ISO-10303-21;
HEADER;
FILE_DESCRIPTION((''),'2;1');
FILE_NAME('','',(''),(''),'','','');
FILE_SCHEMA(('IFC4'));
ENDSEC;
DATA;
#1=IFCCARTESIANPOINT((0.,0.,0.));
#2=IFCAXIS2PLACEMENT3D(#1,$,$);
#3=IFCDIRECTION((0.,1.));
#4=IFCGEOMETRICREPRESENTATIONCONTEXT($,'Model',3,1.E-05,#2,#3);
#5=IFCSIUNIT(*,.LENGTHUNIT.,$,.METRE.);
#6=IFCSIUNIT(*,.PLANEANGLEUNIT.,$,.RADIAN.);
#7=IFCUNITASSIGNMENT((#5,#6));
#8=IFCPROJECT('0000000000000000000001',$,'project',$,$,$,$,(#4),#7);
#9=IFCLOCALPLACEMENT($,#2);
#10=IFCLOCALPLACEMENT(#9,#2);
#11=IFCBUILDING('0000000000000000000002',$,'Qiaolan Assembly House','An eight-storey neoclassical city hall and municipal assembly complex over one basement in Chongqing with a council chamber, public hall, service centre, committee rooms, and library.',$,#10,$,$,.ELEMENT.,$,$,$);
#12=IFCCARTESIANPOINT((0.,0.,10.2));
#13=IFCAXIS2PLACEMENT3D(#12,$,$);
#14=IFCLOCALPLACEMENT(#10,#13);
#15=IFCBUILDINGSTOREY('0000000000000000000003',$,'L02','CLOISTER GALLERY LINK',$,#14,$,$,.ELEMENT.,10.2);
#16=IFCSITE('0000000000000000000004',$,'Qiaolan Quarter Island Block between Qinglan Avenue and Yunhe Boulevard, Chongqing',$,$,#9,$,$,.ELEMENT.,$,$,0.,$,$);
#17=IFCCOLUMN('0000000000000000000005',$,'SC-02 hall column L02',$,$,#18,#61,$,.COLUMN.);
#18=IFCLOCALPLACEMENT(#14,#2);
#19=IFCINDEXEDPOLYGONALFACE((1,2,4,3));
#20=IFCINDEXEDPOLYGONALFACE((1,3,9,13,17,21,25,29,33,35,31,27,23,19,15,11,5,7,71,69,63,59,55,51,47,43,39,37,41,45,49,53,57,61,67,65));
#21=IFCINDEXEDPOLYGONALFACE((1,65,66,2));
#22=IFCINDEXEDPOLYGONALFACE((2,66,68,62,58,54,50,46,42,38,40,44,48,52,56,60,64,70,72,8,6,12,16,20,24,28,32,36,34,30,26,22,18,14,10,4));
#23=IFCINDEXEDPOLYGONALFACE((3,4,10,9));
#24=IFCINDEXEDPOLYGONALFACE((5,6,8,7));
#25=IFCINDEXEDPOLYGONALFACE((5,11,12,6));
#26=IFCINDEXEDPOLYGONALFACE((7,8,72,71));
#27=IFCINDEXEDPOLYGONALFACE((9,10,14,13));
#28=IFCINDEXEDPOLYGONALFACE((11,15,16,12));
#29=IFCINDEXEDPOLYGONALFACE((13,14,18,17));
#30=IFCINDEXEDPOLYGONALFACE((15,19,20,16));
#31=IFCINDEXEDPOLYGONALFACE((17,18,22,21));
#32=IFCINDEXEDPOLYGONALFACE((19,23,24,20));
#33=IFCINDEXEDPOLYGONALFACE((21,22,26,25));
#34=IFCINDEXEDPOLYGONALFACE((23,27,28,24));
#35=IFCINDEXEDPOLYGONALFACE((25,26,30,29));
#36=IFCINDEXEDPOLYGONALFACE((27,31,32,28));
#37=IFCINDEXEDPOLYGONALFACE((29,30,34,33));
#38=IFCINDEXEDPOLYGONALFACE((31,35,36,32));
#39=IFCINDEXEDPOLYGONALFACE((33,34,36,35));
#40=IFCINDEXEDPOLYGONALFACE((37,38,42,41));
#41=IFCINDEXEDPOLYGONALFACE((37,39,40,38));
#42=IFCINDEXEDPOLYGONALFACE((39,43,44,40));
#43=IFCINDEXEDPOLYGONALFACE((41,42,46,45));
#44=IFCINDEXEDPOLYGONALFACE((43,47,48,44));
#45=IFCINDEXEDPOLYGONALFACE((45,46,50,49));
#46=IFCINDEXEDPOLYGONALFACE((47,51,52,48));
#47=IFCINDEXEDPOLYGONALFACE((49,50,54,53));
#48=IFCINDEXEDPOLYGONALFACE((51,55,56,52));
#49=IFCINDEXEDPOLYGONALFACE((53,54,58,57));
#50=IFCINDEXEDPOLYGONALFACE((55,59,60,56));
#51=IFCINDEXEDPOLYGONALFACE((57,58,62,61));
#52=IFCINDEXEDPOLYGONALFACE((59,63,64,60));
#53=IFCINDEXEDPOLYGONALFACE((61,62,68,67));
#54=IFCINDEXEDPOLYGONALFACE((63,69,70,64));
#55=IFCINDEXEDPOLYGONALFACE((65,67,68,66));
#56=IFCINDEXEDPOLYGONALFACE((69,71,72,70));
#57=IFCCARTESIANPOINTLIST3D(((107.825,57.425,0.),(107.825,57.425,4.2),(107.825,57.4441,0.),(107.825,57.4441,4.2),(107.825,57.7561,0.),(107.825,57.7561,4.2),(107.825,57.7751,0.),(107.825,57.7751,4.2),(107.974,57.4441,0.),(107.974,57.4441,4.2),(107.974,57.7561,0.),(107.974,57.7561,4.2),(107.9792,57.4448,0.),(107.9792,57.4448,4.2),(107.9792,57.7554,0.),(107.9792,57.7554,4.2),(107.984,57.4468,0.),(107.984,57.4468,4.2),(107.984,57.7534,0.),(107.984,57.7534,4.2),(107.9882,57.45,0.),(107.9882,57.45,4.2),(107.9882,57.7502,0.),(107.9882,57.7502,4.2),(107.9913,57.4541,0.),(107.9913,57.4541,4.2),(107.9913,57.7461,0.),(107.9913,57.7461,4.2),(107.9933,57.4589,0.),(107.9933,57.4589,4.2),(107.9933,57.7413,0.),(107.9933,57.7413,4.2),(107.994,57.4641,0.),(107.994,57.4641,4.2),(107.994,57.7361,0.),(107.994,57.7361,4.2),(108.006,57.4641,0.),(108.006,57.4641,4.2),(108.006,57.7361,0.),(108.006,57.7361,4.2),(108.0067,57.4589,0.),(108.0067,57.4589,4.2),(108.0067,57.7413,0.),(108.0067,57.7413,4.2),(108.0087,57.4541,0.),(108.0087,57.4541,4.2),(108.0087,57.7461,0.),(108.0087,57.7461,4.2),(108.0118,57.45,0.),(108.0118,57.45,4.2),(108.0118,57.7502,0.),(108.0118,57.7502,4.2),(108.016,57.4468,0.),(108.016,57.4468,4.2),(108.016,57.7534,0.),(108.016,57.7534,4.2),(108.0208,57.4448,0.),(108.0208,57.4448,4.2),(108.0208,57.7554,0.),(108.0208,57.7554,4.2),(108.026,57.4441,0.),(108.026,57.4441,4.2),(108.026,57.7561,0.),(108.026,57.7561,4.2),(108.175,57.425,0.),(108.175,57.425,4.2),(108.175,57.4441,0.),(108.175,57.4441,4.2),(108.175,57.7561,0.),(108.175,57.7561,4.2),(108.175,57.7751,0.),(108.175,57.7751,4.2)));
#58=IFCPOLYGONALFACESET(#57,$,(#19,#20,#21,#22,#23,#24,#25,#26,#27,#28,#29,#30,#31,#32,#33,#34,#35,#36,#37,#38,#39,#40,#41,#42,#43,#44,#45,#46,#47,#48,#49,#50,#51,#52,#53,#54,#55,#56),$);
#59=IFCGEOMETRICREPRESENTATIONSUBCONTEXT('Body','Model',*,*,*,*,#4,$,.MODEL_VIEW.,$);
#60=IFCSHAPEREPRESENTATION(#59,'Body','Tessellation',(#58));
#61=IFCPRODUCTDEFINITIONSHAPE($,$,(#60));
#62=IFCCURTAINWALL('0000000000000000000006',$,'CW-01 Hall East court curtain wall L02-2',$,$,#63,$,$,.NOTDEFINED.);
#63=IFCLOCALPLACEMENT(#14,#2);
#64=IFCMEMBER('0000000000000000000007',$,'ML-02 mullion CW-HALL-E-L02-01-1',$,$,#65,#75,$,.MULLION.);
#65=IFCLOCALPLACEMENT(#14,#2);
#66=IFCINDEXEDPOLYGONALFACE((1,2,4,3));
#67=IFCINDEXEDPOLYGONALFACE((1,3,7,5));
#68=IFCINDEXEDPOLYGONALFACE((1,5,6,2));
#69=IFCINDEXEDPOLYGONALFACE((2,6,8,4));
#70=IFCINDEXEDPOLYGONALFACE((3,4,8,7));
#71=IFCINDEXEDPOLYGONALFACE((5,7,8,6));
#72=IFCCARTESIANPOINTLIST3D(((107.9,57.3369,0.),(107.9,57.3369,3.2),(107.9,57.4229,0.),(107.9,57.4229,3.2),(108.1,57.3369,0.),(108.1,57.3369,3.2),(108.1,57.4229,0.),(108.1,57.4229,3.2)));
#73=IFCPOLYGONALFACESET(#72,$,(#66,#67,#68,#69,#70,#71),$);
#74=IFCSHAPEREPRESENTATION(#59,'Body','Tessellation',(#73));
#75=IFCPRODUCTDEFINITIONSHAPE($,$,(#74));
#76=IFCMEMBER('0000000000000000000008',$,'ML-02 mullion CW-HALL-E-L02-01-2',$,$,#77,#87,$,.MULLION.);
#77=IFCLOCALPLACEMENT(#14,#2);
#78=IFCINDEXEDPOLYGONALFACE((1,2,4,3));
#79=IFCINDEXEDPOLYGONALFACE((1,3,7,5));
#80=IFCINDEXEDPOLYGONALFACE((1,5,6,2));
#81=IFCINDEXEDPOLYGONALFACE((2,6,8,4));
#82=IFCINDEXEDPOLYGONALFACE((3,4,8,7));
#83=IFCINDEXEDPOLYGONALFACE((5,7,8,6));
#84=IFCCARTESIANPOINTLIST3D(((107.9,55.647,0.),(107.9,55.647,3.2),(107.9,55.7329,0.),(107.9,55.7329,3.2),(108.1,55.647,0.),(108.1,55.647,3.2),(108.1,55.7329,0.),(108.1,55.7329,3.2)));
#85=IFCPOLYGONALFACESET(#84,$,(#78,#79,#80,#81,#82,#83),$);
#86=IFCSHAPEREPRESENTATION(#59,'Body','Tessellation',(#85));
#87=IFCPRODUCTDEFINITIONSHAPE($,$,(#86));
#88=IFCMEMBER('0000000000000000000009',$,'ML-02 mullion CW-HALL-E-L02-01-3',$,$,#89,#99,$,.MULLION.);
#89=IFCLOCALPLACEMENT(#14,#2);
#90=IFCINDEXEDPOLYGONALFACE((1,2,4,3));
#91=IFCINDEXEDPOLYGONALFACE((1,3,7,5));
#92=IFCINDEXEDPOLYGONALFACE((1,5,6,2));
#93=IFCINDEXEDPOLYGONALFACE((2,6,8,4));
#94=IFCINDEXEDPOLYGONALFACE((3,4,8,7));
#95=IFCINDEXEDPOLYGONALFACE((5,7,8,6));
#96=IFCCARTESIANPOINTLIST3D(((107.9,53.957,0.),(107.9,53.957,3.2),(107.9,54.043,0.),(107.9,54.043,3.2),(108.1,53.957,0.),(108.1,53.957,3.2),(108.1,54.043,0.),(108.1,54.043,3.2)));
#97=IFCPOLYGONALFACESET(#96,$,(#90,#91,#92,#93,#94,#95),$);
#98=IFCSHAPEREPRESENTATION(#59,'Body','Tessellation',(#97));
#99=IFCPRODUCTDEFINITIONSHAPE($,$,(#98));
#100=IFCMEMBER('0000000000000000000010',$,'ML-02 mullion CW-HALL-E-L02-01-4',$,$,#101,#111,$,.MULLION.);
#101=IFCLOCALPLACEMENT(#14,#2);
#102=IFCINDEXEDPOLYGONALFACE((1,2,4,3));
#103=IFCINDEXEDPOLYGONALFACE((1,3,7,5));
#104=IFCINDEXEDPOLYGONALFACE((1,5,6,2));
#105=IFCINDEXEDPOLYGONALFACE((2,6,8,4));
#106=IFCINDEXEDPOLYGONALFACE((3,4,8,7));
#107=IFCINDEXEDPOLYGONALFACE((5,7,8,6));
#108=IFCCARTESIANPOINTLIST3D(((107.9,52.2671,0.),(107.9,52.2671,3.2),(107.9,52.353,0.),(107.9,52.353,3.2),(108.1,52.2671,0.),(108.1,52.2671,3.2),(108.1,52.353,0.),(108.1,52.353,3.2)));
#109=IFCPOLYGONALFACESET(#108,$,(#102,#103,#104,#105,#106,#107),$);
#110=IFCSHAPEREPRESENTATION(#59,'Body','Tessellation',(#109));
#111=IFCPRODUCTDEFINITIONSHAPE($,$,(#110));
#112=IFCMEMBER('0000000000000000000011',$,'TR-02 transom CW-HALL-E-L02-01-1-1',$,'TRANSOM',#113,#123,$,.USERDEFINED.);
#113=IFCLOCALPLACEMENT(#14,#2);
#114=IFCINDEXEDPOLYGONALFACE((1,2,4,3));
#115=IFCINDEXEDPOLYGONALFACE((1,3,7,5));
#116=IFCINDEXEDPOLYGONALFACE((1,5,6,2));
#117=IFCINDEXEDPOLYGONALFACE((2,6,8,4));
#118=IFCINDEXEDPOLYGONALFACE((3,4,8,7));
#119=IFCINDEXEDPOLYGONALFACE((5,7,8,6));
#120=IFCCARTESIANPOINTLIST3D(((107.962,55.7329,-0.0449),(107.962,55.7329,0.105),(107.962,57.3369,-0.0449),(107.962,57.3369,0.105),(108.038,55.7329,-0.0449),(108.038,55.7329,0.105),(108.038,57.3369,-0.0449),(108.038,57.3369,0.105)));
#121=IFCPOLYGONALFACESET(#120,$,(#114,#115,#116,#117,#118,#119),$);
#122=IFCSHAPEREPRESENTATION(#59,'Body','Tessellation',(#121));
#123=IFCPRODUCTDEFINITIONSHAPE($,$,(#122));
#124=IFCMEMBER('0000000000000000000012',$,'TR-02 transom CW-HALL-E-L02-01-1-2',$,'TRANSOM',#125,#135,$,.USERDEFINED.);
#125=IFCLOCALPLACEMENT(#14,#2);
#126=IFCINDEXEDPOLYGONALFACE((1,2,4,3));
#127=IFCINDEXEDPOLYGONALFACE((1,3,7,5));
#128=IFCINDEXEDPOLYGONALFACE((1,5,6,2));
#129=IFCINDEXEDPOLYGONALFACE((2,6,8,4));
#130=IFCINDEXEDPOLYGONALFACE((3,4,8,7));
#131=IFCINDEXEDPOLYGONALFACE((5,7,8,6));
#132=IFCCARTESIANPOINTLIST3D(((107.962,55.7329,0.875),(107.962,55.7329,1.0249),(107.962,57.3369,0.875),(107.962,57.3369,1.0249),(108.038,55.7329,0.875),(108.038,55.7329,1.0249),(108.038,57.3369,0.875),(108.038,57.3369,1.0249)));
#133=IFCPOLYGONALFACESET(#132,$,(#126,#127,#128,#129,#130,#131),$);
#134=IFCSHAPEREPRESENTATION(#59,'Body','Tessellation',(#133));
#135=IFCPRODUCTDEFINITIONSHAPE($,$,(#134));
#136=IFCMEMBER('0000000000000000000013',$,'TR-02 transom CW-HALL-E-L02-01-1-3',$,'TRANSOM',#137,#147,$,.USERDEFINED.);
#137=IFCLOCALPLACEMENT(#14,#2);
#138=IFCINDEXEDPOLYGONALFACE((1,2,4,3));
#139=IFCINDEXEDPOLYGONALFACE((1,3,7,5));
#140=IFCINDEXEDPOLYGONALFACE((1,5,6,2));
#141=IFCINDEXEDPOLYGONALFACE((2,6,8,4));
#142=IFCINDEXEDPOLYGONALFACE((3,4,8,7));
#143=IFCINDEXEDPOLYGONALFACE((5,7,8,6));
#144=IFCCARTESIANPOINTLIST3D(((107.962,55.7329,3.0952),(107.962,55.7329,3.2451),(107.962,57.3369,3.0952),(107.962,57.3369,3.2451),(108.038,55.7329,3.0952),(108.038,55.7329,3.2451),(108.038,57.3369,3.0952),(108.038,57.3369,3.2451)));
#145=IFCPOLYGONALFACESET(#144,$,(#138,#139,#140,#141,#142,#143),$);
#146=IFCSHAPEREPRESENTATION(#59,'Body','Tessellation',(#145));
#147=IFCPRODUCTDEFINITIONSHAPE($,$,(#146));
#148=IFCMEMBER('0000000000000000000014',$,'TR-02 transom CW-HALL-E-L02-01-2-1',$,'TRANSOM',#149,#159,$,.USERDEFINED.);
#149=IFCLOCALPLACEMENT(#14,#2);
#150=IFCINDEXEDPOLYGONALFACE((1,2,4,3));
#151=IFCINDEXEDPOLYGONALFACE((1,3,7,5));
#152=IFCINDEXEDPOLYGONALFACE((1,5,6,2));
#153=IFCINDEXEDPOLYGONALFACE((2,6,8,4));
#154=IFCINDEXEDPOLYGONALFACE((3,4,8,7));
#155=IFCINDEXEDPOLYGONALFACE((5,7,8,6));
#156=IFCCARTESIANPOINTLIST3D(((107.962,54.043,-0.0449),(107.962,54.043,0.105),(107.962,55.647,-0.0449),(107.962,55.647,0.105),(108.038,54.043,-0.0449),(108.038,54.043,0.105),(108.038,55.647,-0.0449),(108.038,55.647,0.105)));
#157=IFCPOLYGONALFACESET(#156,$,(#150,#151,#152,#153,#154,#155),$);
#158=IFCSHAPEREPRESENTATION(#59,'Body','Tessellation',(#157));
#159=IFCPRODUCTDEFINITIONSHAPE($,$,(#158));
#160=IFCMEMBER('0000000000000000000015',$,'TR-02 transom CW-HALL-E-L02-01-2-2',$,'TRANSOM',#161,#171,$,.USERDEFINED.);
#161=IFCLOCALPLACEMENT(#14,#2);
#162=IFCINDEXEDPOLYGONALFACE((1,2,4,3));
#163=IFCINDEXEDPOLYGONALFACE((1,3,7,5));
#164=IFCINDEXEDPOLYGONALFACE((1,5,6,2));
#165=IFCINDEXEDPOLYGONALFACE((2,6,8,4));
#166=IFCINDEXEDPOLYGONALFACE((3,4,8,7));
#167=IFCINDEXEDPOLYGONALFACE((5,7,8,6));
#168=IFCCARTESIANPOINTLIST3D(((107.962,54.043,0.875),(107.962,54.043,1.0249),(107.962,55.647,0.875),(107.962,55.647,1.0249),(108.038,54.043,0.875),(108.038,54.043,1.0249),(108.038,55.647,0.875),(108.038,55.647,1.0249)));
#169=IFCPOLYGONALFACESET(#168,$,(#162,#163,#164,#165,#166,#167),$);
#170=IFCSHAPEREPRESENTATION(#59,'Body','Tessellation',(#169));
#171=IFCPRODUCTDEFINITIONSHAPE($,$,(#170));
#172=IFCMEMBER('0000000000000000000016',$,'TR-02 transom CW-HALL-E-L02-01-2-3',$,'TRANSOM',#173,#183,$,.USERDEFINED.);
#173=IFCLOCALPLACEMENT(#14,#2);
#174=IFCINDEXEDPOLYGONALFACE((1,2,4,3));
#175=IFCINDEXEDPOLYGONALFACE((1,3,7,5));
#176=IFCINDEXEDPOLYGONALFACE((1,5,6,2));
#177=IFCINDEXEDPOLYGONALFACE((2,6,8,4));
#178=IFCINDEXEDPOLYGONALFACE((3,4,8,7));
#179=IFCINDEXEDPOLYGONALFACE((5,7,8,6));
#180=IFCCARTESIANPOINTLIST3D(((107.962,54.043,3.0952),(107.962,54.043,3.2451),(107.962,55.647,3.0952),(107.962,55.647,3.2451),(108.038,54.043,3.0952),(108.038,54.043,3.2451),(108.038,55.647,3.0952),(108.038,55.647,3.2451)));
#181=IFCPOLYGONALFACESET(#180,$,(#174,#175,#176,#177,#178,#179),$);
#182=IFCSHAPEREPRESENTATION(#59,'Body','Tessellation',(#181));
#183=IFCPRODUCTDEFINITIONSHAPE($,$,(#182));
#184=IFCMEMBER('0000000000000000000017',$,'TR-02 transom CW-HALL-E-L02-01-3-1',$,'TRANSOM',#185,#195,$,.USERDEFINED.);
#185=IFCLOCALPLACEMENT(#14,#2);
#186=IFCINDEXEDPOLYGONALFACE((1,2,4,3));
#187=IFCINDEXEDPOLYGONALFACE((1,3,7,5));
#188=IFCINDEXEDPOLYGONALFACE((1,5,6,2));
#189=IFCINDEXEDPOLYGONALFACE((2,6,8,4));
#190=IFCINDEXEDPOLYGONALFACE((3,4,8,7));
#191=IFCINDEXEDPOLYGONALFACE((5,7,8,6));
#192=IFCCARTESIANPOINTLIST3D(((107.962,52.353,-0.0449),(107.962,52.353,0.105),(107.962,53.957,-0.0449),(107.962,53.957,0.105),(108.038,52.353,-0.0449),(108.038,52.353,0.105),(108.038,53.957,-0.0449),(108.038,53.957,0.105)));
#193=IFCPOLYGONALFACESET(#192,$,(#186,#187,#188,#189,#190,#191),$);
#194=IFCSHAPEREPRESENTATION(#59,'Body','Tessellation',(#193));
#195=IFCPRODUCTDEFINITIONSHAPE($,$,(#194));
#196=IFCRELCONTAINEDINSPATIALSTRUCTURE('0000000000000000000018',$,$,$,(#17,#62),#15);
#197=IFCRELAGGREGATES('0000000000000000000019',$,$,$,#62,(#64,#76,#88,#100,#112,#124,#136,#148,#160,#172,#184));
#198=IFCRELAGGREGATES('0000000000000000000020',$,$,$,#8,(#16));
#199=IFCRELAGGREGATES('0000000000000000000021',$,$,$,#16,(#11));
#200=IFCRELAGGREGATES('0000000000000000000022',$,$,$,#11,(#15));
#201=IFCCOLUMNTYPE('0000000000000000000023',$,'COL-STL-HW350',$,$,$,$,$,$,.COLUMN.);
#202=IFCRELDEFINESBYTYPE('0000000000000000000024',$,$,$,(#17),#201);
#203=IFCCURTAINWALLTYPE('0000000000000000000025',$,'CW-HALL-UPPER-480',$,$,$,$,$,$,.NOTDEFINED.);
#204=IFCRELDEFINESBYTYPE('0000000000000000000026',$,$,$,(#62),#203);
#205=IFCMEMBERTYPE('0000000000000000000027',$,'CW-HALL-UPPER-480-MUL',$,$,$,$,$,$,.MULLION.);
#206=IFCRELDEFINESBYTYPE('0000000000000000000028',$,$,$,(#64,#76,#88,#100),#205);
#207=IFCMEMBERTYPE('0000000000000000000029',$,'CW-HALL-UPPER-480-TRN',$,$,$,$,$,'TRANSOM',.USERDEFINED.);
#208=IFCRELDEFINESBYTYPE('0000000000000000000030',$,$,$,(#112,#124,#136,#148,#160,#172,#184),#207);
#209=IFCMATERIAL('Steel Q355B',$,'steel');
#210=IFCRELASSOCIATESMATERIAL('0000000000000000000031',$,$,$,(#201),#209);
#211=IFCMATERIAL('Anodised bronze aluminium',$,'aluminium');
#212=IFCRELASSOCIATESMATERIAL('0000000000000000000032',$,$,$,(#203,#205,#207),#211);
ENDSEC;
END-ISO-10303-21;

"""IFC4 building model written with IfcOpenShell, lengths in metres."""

from ifc_helpers import new_model, si_unit, direction, frame, origin, origin_2d, place, context, subcontext, project, spatial, rectangle, i_section, extrude, material, material_profile, profile_set, type_object, element, aggregate, save


model = new_model("IFC4")

# Units and contexts
model_context = context("Model", 3, precision=1e-05, world=origin(), true_north=direction((0.0, 1.0)))
body_context = subcontext(model_context, "Body", "Model", "MODEL_VIEW")
ifc_project = project(units=[si_unit("LENGTHUNIT", "METRE"), si_unit("PLANEANGLEUNIT", "RADIAN")], contexts=[model_context])

# Site, building, storey
site_placement = place(None, origin())
site = spatial("IfcSite", under=ifc_project, at=site_placement, Name="Qiaolan Quarter Island Block between Qinglan Avenue and Yunhe Boulevard, Chongqing", CompositionType="ELEMENT", RefElevation=0.0)
building_placement = place(site_placement, origin())
building = spatial("IfcBuilding", under=site, at=building_placement, Name="Qiaolan Assembly House", Description="An eight-storey neoclassical city hall and municipal assembly complex over one basement in Chongqing with a council chamber, public hall, service centre, committee rooms, and library.", CompositionType="ELEMENT")
storey_placement = place(building_placement, frame((0.0, 0.0, 10.2)))
storey = spatial("IfcBuildingStorey", under=building, at=storey_placement, Name="L02", Description="CLOISTER GALLERY LINK", CompositionType="ELEMENT", Elevation=10.2)

# Column
ifc_material_1 = material(Name="Steel Q355B", Category="steel")
ifc_material_profile_1 = material_profile(ifc_material_1, i_section(OverallWidth=0.3501, OverallDepth=0.3501, WebThickness=0.012, FlangeThickness=0.019, FilletRadius=0.02, at=origin_2d()), Name="HW 350x350x12x19")
ifc_profile_set_1 = profile_set([ifc_material_profile_1], Name="Steel Q355B")
column_type = type_object("IfcColumnType", Name="COL-STL-HW350", PredefinedType="COLUMN", material=ifc_profile_set_1)
column_placement = place(storey_placement, frame((108.0, 57.6001, 0.0), z_axis=(0.0, 0.0, 1.0), x_axis=(1.0, 0.0, 0.0)))
element("IfcColumn", 1, at=column_placement, inside=storey, type_object=column_type, Name="SC-02 hall column L02", PredefinedType="COLUMN", context=body_context, shape_type="SweptSolid", body=[
    extrude(i_section(OverallWidth=0.3501, OverallDepth=0.3501, WebThickness=0.012, FlangeThickness=0.019, FilletRadius=0.02, at=origin_2d()), origin(), (0.0, 0.0, 1.0), 4.2),
])

# Curtain wall, members
ifc_material_2 = material(Name="Anodised bronze aluminium", Category="aluminium")
curtain_wall_type = type_object("IfcCurtainWallType", Name="CW-HALL-UPPER-480", PredefinedType="NOTDEFINED", material=ifc_material_2)
curtain_wall_placement = place(storey_placement, origin())
curtain_wall = element("IfcCurtainWall", 2, at=curtain_wall_placement, inside=storey, type_object=curtain_wall_type, Name="CW-01 Hall East court curtain wall L02-2", PredefinedType="NOTDEFINED")
ifc_material_profile_2 = material_profile(ifc_material_2, rectangle(XDim=0.0859, YDim=0.2, at=origin_2d()), Name="MUL 86x200")
ifc_profile_set_2 = profile_set([ifc_material_profile_2], Name="Anodised bronze aluminium")
member_type_1 = type_object("IfcMemberType", Name="CW-HALL-UPPER-480-MUL", PredefinedType="MULLION", material=ifc_profile_set_2)
member_1_placement = place(storey_placement, frame((108.0, 57.3799, 0.0), z_axis=(0.0, 0.0, 1.0), x_axis=(0.0, -1.0, 0.0)))
member_1 = element("IfcMember", 3, at=member_1_placement, type_object=member_type_1, Name="ML-02 mullion CW-HALL-E-L02-01-1", PredefinedType="MULLION", context=body_context, shape_type="SweptSolid", body=[
    extrude(rectangle(XDim=0.0859, YDim=0.2, at=origin_2d()), origin(), (0.0, 0.0, 1.0), 3.2),
])
member_2_placement = place(storey_placement, frame((108.0, 55.6899, 0.0), z_axis=(0.0, 0.0, 1.0), x_axis=(0.0, -1.0, 0.0)))
member_2 = element("IfcMember", 4, at=member_2_placement, type_object=member_type_1, Name="ML-02 mullion CW-HALL-E-L02-01-2", PredefinedType="MULLION", context=body_context, shape_type="SweptSolid", body=[
    extrude(rectangle(XDim=0.0859, YDim=0.2, at=origin_2d()), origin(), (0.0, 0.0, 1.0), 3.2),
])
member_3_placement = place(storey_placement, frame((108.0, 54.0, 0.0), z_axis=(0.0, 0.0, 1.0), x_axis=(0.0, -1.0, 0.0)))
member_3 = element("IfcMember", 5, at=member_3_placement, type_object=member_type_1, Name="ML-02 mullion CW-HALL-E-L02-01-3", PredefinedType="MULLION", context=body_context, shape_type="SweptSolid", body=[
    extrude(rectangle(XDim=0.0859, YDim=0.2, at=origin_2d()), origin(), (0.0, 0.0, 1.0), 3.2),
])
member_4_placement = place(storey_placement, frame((108.0, 52.3101, 0.0), z_axis=(0.0, 0.0, 1.0), x_axis=(0.0, -1.0, 0.0)))
member_4 = element("IfcMember", 6, at=member_4_placement, type_object=member_type_1, Name="ML-02 mullion CW-HALL-E-L02-01-4", PredefinedType="MULLION", context=body_context, shape_type="SweptSolid", body=[
    extrude(rectangle(XDim=0.0859, YDim=0.2, at=origin_2d()), origin(), (0.0, 0.0, 1.0), 3.2),
])
ifc_material_profile_3 = material_profile(ifc_material_2, rectangle(XDim=0.0759, YDim=0.1499, at=origin_2d()), Name="TRN 76x150")
ifc_profile_set_3 = profile_set([ifc_material_profile_3], Name="Anodised bronze aluminium")
member_type_2 = type_object("IfcMemberType", Name="CW-HALL-UPPER-480-TRN", ElementType="TRANSOM", PredefinedType="USERDEFINED", material=ifc_profile_set_3)
member_5_placement = place(storey_placement, frame((108.0, 57.3369, 0.03), z_axis=(0.0, -1.0, 0.0), x_axis=(1.0, 0.0, 0.0)))
member_5 = element("IfcMember", 7, at=member_5_placement, type_object=member_type_2, Name="TR-02 transom CW-HALL-E-L02-01-1-1", ObjectType="TRANSOM", PredefinedType="USERDEFINED", context=body_context, shape_type="SweptSolid", body=[
    extrude(rectangle(XDim=0.0759, YDim=0.1499, at=origin_2d()), origin(), (0.0, 0.0, 1.0), 1.604),
])
member_6_placement = place(storey_placement, frame((108.0, 57.3369, 0.95), z_axis=(0.0, -1.0, 0.0), x_axis=(1.0, 0.0, 0.0)))
member_6 = element("IfcMember", 8, at=member_6_placement, type_object=member_type_2, Name="TR-02 transom CW-HALL-E-L02-01-1-2", ObjectType="TRANSOM", PredefinedType="USERDEFINED", context=body_context, shape_type="SweptSolid", body=[
    extrude(rectangle(XDim=0.0759, YDim=0.1499, at=origin_2d()), origin(), (0.0, 0.0, 1.0), 1.604),
])
member_7_placement = place(storey_placement, frame((108.0, 57.3369, 3.1702), z_axis=(0.0, -1.0, 0.0), x_axis=(1.0, 0.0, 0.0)))
member_7 = element("IfcMember", 9, at=member_7_placement, type_object=member_type_2, Name="TR-02 transom CW-HALL-E-L02-01-1-3", ObjectType="TRANSOM", PredefinedType="USERDEFINED", context=body_context, shape_type="SweptSolid", body=[
    extrude(rectangle(XDim=0.0759, YDim=0.1499, at=origin_2d()), origin(), (0.0, 0.0, 1.0), 1.604),
])
member_8_placement = place(storey_placement, frame((108.0, 55.647, 0.03), z_axis=(0.0, -1.0, 0.0), x_axis=(1.0, 0.0, 0.0)))
member_8 = element("IfcMember", 10, at=member_8_placement, type_object=member_type_2, Name="TR-02 transom CW-HALL-E-L02-01-2-1", ObjectType="TRANSOM", PredefinedType="USERDEFINED", context=body_context, shape_type="SweptSolid", body=[
    extrude(rectangle(XDim=0.0759, YDim=0.1499, at=origin_2d()), origin(), (0.0, 0.0, 1.0), 1.604),
])
member_9_placement = place(storey_placement, frame((108.0, 55.647, 0.95), z_axis=(0.0, -1.0, 0.0), x_axis=(1.0, 0.0, 0.0)))
member_9 = element("IfcMember", 11, at=member_9_placement, type_object=member_type_2, Name="TR-02 transom CW-HALL-E-L02-01-2-2", ObjectType="TRANSOM", PredefinedType="USERDEFINED", context=body_context, shape_type="SweptSolid", body=[
    extrude(rectangle(XDim=0.0759, YDim=0.1499, at=origin_2d()), origin(), (0.0, 0.0, 1.0), 1.604),
])
member_10_placement = place(storey_placement, frame((108.0, 55.647, 3.1702), z_axis=(0.0, -1.0, 0.0), x_axis=(1.0, 0.0, 0.0)))
member_10 = element("IfcMember", 12, at=member_10_placement, type_object=member_type_2, Name="TR-02 transom CW-HALL-E-L02-01-2-3", ObjectType="TRANSOM", PredefinedType="USERDEFINED", context=body_context, shape_type="SweptSolid", body=[
    extrude(rectangle(XDim=0.0759, YDim=0.1499, at=origin_2d()), origin(), (0.0, 0.0, 1.0), 1.604),
])
member_11_placement = place(storey_placement, frame((108.0, 53.957, 0.03), z_axis=(0.0, -1.0, 0.0), x_axis=(1.0, 0.0, 0.0)))
member_11 = element("IfcMember", 13, at=member_11_placement, type_object=member_type_2, Name="TR-02 transom CW-HALL-E-L02-01-3-1", ObjectType="TRANSOM", PredefinedType="USERDEFINED", context=body_context, shape_type="SweptSolid", body=[
    extrude(rectangle(XDim=0.0759, YDim=0.1499, at=origin_2d()), origin(), (0.0, 0.0, 1.0), 1.604),
])
aggregate(curtain_wall, [member_1, member_2, member_3, member_4, member_5, member_6, member_7, member_8, member_9, member_10, member_11])

save(model, "model.ifc")
